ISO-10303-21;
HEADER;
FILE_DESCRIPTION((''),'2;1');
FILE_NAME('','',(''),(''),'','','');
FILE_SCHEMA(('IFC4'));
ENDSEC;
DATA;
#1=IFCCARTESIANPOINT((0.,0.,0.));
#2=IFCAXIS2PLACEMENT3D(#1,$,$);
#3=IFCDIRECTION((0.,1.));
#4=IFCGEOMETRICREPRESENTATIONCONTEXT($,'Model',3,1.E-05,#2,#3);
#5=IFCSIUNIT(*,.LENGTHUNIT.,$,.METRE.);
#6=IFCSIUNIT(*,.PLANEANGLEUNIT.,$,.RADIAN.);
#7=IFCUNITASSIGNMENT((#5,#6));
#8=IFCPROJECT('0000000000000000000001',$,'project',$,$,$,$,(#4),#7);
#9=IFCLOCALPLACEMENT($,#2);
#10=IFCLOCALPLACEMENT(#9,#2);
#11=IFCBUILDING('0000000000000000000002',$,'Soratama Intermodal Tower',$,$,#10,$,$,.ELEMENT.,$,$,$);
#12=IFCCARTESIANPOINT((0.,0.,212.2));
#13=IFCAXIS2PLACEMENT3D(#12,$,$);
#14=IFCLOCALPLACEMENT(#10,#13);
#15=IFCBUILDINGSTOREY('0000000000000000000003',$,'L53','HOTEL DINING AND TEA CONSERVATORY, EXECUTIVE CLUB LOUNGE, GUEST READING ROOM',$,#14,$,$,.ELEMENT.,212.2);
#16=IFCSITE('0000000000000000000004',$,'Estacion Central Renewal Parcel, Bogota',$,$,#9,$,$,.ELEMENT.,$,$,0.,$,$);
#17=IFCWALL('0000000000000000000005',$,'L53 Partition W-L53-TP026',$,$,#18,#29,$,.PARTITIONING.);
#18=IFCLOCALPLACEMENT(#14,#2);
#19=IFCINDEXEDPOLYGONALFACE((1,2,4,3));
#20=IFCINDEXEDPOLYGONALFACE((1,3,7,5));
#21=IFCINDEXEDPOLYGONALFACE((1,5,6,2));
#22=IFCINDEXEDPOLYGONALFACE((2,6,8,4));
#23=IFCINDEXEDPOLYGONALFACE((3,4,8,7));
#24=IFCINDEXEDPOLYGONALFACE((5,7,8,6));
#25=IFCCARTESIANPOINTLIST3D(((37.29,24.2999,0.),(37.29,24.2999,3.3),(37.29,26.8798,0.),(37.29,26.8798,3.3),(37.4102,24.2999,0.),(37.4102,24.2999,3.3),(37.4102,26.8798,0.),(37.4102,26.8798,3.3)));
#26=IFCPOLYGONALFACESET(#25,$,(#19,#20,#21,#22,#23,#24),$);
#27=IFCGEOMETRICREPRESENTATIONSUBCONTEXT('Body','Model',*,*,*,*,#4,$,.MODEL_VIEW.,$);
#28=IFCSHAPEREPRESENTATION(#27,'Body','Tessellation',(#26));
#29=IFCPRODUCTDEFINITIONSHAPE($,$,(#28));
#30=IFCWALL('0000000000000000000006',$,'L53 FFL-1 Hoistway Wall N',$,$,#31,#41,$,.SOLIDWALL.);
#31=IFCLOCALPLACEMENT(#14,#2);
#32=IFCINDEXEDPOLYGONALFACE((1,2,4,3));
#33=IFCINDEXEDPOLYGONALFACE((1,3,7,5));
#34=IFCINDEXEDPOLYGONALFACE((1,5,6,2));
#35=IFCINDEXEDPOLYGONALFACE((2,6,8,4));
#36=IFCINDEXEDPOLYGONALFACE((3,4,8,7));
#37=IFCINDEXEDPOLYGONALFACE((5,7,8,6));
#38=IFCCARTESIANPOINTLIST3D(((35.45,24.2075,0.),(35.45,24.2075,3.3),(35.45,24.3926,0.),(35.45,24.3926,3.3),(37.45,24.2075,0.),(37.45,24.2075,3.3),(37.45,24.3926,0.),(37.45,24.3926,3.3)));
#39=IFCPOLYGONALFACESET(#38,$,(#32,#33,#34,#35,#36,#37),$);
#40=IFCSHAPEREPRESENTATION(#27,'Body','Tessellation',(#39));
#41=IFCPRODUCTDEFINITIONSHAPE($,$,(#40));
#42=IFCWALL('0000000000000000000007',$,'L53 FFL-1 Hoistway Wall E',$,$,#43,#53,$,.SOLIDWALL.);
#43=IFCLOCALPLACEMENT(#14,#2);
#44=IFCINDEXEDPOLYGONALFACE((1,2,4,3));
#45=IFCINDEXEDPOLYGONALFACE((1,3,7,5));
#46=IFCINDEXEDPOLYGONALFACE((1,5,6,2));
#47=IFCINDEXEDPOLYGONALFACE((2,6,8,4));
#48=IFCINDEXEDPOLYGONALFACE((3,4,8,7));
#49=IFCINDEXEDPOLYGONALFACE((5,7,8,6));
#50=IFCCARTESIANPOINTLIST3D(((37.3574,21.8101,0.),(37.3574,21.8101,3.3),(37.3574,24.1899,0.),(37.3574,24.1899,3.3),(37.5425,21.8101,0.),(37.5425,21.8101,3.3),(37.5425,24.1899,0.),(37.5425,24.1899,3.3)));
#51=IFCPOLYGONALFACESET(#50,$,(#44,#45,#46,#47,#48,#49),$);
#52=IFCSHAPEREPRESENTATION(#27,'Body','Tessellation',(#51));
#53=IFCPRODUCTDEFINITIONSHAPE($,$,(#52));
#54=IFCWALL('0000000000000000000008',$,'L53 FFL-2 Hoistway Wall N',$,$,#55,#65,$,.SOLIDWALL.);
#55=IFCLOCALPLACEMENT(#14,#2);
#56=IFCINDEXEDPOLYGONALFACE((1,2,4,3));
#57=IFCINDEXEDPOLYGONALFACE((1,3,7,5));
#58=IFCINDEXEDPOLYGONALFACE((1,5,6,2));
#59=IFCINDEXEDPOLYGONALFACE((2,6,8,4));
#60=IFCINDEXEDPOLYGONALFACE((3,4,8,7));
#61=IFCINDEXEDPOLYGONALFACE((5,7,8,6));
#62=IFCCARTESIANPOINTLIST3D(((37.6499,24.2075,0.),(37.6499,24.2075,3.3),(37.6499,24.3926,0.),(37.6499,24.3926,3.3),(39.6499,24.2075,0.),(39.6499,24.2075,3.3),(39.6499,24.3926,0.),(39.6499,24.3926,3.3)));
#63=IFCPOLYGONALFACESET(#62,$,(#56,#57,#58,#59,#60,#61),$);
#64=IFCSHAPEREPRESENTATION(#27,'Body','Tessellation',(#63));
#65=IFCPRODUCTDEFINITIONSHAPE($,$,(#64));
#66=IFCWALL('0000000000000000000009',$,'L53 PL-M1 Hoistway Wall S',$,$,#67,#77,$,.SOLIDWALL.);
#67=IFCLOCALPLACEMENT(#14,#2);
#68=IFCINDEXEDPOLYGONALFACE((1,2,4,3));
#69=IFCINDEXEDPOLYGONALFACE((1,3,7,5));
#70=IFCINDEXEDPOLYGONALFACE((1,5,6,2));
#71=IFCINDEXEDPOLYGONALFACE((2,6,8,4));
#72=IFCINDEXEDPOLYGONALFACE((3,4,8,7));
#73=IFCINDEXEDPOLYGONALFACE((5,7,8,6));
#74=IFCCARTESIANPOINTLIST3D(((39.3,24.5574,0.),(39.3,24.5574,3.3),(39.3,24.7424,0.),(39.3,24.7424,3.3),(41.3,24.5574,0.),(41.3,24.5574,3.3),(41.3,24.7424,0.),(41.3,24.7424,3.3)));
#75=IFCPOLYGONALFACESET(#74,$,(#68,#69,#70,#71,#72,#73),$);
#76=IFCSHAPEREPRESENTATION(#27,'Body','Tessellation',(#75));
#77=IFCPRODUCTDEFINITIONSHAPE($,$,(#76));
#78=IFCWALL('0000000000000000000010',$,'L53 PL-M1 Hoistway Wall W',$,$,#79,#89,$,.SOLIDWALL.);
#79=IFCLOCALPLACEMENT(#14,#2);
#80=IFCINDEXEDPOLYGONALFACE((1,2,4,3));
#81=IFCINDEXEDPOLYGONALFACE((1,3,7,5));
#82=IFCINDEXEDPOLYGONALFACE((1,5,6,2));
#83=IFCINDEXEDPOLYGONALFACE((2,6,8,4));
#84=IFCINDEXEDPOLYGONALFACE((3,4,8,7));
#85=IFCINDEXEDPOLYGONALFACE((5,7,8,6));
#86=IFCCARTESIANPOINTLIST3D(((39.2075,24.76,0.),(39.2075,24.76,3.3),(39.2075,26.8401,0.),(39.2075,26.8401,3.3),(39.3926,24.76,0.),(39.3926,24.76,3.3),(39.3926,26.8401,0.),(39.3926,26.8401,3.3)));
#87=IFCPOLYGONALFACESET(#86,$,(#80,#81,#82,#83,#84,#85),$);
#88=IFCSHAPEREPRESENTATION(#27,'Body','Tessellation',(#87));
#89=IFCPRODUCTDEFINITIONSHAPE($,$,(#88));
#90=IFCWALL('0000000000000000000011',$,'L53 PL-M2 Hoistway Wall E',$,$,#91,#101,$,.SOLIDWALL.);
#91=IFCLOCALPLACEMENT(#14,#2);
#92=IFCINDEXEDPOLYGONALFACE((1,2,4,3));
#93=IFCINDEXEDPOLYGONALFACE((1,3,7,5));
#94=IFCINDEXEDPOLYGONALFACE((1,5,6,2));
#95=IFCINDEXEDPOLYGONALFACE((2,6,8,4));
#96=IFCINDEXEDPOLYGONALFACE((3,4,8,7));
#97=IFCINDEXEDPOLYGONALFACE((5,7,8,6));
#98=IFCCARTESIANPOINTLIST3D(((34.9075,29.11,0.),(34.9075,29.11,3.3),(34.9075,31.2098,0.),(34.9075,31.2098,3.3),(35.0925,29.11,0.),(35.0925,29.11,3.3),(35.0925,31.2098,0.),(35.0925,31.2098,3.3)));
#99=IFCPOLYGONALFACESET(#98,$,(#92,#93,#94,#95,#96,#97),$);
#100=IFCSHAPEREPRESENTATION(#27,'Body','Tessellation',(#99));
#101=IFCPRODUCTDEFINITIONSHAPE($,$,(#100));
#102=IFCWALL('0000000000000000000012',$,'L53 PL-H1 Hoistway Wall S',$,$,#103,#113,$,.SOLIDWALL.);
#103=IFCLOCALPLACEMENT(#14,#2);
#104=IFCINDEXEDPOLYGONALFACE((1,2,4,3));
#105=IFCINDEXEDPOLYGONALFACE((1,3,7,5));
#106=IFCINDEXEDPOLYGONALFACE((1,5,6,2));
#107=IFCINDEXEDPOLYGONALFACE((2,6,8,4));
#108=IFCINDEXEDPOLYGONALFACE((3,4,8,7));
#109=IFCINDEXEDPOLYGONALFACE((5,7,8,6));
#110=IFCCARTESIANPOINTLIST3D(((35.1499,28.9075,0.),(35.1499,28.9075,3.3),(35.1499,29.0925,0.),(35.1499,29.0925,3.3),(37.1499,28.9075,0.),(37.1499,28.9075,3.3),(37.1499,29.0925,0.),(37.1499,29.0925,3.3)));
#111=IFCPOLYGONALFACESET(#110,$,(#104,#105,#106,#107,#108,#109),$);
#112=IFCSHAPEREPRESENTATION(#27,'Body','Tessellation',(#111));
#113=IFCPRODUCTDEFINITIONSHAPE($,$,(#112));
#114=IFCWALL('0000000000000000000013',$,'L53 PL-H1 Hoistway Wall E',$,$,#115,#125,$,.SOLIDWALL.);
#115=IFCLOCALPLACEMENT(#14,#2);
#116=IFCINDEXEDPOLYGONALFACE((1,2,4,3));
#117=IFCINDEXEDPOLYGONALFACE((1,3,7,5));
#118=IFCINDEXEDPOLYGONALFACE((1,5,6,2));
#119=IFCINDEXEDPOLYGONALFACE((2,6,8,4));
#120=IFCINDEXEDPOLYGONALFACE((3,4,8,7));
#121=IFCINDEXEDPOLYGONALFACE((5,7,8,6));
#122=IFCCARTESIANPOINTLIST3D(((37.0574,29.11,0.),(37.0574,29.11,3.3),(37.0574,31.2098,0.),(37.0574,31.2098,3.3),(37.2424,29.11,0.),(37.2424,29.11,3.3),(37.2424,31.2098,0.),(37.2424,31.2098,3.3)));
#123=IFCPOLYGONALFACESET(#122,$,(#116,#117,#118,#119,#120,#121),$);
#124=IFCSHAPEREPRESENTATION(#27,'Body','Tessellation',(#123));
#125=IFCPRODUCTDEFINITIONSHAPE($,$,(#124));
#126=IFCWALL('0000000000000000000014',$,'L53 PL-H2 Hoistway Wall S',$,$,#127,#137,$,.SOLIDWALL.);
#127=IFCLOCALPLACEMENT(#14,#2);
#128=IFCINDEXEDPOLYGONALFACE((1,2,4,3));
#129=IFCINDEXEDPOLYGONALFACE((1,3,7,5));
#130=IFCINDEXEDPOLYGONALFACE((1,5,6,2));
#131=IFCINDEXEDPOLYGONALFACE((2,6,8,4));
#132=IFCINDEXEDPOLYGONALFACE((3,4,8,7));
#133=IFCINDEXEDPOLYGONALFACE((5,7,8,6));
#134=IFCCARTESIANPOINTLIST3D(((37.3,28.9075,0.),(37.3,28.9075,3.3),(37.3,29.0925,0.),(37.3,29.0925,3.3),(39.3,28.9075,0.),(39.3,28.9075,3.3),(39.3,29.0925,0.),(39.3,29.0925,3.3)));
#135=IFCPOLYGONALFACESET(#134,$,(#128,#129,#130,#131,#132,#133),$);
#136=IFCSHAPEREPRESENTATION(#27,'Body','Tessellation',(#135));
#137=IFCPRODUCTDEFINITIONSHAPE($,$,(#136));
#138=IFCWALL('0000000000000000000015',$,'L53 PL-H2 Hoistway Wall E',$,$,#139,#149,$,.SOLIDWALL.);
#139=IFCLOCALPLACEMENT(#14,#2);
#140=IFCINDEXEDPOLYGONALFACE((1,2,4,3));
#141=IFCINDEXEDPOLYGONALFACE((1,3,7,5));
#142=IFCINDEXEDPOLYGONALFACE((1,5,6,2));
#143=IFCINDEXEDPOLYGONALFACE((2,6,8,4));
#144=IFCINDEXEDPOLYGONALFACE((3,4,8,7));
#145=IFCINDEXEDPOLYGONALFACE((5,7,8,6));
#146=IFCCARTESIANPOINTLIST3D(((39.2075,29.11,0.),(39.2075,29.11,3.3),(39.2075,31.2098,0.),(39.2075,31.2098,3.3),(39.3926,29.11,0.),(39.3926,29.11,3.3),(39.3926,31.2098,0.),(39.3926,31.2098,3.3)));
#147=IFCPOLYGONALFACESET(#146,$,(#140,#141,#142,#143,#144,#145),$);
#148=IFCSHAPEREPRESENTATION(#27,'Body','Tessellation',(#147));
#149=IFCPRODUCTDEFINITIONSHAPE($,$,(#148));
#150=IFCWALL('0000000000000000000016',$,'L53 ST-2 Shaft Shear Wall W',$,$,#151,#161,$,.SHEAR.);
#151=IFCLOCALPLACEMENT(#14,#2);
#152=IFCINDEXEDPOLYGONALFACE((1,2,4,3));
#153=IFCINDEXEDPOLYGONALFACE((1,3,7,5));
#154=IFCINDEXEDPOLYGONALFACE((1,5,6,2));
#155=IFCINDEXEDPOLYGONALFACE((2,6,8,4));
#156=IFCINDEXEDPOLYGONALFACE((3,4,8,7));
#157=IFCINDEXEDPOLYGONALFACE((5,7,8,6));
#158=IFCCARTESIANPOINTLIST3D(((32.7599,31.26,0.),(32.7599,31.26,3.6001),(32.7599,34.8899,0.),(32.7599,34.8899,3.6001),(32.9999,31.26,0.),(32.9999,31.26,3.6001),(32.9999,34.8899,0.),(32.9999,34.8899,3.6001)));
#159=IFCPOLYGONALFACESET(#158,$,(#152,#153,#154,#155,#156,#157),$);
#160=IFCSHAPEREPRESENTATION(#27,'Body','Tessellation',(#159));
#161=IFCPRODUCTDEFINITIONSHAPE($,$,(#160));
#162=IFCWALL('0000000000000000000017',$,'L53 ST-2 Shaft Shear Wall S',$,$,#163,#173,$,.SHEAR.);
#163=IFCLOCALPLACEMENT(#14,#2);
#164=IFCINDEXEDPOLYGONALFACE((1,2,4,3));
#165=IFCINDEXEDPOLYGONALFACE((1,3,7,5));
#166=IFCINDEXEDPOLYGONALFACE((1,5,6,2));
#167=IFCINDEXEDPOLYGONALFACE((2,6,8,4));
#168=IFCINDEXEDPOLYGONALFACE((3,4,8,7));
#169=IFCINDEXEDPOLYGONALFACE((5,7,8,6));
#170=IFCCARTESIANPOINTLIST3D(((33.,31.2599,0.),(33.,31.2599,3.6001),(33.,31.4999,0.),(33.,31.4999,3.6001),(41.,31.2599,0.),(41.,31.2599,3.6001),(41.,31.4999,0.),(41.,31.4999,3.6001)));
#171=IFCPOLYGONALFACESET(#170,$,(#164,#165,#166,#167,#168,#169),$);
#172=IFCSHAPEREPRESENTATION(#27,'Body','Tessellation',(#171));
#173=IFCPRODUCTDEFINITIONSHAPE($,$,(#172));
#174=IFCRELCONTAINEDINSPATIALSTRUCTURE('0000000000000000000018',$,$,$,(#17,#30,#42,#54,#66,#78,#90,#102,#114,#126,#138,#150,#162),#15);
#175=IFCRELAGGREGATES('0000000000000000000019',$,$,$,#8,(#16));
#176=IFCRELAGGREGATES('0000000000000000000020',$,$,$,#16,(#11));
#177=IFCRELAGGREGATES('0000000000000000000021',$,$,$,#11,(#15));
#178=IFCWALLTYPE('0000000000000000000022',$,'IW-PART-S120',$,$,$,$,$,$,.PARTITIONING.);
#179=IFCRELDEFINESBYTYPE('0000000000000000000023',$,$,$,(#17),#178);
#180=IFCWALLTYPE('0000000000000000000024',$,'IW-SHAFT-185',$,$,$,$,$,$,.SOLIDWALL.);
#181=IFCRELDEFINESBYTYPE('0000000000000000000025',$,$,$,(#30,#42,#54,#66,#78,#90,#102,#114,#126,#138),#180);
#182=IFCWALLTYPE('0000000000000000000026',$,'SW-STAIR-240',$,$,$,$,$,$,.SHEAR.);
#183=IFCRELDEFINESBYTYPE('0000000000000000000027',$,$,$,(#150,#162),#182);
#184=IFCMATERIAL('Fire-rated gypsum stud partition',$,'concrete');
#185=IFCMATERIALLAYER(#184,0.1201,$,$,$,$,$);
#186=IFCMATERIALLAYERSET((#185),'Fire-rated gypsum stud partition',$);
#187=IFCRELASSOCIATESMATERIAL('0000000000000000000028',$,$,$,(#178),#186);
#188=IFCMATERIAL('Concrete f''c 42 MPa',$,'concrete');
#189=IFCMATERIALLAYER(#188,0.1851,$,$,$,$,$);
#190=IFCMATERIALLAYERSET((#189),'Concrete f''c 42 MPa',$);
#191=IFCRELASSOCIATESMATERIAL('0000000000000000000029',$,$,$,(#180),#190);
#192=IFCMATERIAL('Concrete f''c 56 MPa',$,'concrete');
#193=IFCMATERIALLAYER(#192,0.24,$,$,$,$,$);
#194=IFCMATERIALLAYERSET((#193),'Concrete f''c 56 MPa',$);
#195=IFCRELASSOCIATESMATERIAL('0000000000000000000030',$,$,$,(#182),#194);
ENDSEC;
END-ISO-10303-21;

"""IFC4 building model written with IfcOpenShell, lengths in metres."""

from ifc_helpers import new_model, si_unit, direction, frame, frame_2d, origin, place, context, subcontext, project, spatial, rectangle, extrude, material, layer, layer_set, type_object, element, save


model = new_model("IFC4")

# Units and contexts
model_context = context("Model", 3, precision=1e-05, world=origin(), true_north=direction((0.0, 1.0)))
body_context = subcontext(model_context, "Body", "Model", "MODEL_VIEW")
ifc_project = project(units=[si_unit("LENGTHUNIT", "METRE"), si_unit("PLANEANGLEUNIT", "RADIAN")], contexts=[model_context])

# Site, building, storey
site_placement = place(None, origin())
site = spatial("IfcSite", under=ifc_project, at=site_placement, Name="Estacion Central Renewal Parcel, Bogota", CompositionType="ELEMENT", RefElevation=0.0)
building_placement = place(site_placement, origin())
building = spatial("IfcBuilding", under=site, at=building_placement, Name="Soratama Intermodal Tower", CompositionType="ELEMENT")
storey_placement = place(building_placement, frame((0.0, 0.0, 212.2)))
storey = spatial("IfcBuildingStorey", under=building, at=storey_placement, Name="L53", Description="HOTEL DINING AND TEA CONSERVATORY, EXECUTIVE CLUB LOUNGE, GUEST READING ROOM", CompositionType="ELEMENT", Elevation=212.2)

# Walls
ifc_material_1 = material(Name="Fire-rated gypsum stud partition", Category="concrete")
ifc_layer_1 = layer(ifc_material_1, 0.1201)
ifc_layer_set_1 = layer_set([ifc_layer_1], Name="Fire-rated gypsum stud partition")
wall_type_1 = type_object("IfcWallType", Name="IW-PART-S120", PredefinedType="PARTITIONING", material=ifc_layer_set_1)
wall_1_placement = place(storey_placement, frame((37.3501, 26.8799, 0.0), z_axis=(0.0, 0.0, 1.0), x_axis=(0.0, -1.0, 0.0)))
element("IfcWall", 1, at=wall_1_placement, inside=storey, type_object=wall_type_1, Name="L53 Partition W-L53-TP026", PredefinedType="PARTITIONING", context=body_context, shape_type="SweptSolid", body=[
    extrude(rectangle(XDim=2.5798, YDim=0.1201, at=frame_2d((1.29, 0.0))), origin(), (0.0, 0.0, 1.0), 3.3),
])
ifc_material_2 = material(Name="Concrete f'c 42 MPa", Category="concrete")
ifc_layer_2 = layer(ifc_material_2, 0.1851)
ifc_layer_set_2 = layer_set([ifc_layer_2], Name="Concrete f'c 42 MPa")
wall_type_2 = type_object("IfcWallType", Name="IW-SHAFT-185", PredefinedType="SOLIDWALL", material=ifc_layer_set_2)
wall_2_placement = place(storey_placement, frame((35.45, 24.3, 0.0), z_axis=(0.0, 0.0, 1.0), x_axis=(1.0, 0.0, 0.0)))
element("IfcWall", 2, at=wall_2_placement, inside=storey, type_object=wall_type_2, Name="L53 FFL-1 Hoistway Wall N", PredefinedType="SOLIDWALL", context=body_context, shape_type="SweptSolid", body=[
    extrude(rectangle(XDim=2.0, YDim=0.1851, at=frame_2d((1.0, 0.0))), origin(), (0.0, 0.0, 1.0), 3.3),
])
wall_3_placement = place(storey_placement, frame((37.45, 21.8101, 0.0), z_axis=(0.0, 0.0, 1.0), x_axis=(0.0, 1.0, 0.0)))
element("IfcWall", 3, at=wall_3_placement, inside=storey, type_object=wall_type_2, Name="L53 FFL-1 Hoistway Wall E", PredefinedType="SOLIDWALL", context=body_context, shape_type="SweptSolid", body=[
    extrude(rectangle(XDim=2.3799, YDim=0.1851, at=frame_2d((1.1899, 0.0))), origin(), (0.0, 0.0, 1.0), 3.3),
])
for number, where, z_axis, x_axis, name in (
    (4, (37.6499, 24.3, 0.0), (0.0, 0.0, 1.0), (1.0, 0.0, 0.0), "L53 FFL-2 Hoistway Wall N"),
    (5, (39.3, 24.6499, 0.0), (0.0, 0.0, 1.0), (1.0, 0.0, 0.0), "L53 PL-M1 Hoistway Wall S"),
):
    element("IfcWall", number, at=place(storey_placement, frame(where, z_axis=z_axis, x_axis=x_axis)), inside=storey, type_object=wall_type_2, Name=name, PredefinedType="SOLIDWALL", context=body_context, shape_type="SweptSolid", body=[
        extrude(rectangle(XDim=2.0, YDim=0.1851, at=frame_2d((1.0, 0.0))), origin(), (0.0, 0.0, 1.0), 3.3),
    ])

# Walls
wall_4_placement = place(storey_placement, frame((39.3, 24.76, 0.0), z_axis=(0.0, 0.0, 1.0), x_axis=(0.0, 1.0, 0.0)))
element("IfcWall", 6, at=wall_4_placement, inside=storey, type_object=wall_type_2, Name="L53 PL-M1 Hoistway Wall W", PredefinedType="SOLIDWALL", context=body_context, shape_type="SweptSolid", body=[
    extrude(rectangle(XDim=2.0801, YDim=0.1851, at=frame_2d((1.04, 0.0))), origin(), (0.0, 0.0, 1.0), 3.3),
])
wall_5_placement = place(storey_placement, frame((35.0, 29.1101, 0.0), z_axis=(0.0, 0.0, 1.0), x_axis=(0.0, 1.0, 0.0)))
element("IfcWall", 7, at=wall_5_placement, inside=storey, type_object=wall_type_2, Name="L53 PL-M2 Hoistway Wall E", PredefinedType="SOLIDWALL", context=body_context, shape_type="SweptSolid", body=[
    extrude(rectangle(XDim=2.0999, YDim=0.1851, at=frame_2d((1.0498, 0.0))), origin(), (0.0, 0.0, 1.0), 3.3),
])
wall_6_placement = place(storey_placement, frame((35.1499, 29.0, 0.0), z_axis=(0.0, 0.0, 1.0), x_axis=(1.0, 0.0, 0.0)))
element("IfcWall", 8, at=wall_6_placement, inside=storey, type_object=wall_type_2, Name="L53 PL-H1 Hoistway Wall S", PredefinedType="SOLIDWALL", context=body_context, shape_type="SweptSolid", body=[
    extrude(rectangle(XDim=2.0, YDim=0.1851, at=frame_2d((1.0, 0.0))), origin(), (0.0, 0.0, 1.0), 3.3),
])
wall_7_placement = place(storey_placement, frame((37.1499, 29.1101, 0.0), z_axis=(0.0, 0.0, 1.0), x_axis=(0.0, 1.0, 0.0)))
element("IfcWall", 9, at=wall_7_placement, inside=storey, type_object=wall_type_2, Name="L53 PL-H1 Hoistway Wall E", PredefinedType="SOLIDWALL", context=body_context, shape_type="SweptSolid", body=[
    extrude(rectangle(XDim=2.0999, YDim=0.1851, at=frame_2d((1.0498, 0.0))), origin(), (0.0, 0.0, 1.0), 3.3),
])
wall_8_placement = place(storey_placement, frame((37.3, 29.0, 0.0), z_axis=(0.0, 0.0, 1.0), x_axis=(1.0, 0.0, 0.0)))
element("IfcWall", 10, at=wall_8_placement, inside=storey, type_object=wall_type_2, Name="L53 PL-H2 Hoistway Wall S", PredefinedType="SOLIDWALL", context=body_context, shape_type="SweptSolid", body=[
    extrude(rectangle(XDim=2.0, YDim=0.1851, at=frame_2d((1.0, 0.0))), origin(), (0.0, 0.0, 1.0), 3.3),
])
wall_9_placement = place(storey_placement, frame((39.3, 29.1101, 0.0), z_axis=(0.0, 0.0, 1.0), x_axis=(0.0, 1.0, 0.0)))
element("IfcWall", 11, at=wall_9_placement, inside=storey, type_object=wall_type_2, Name="L53 PL-H2 Hoistway Wall E", PredefinedType="SOLIDWALL", context=body_context, shape_type="SweptSolid", body=[
    extrude(rectangle(XDim=2.0999, YDim=0.1851, at=frame_2d((1.0498, 0.0))), origin(), (0.0, 0.0, 1.0), 3.3),
])
ifc_material_3 = material(Name="Concrete f'c 56 MPa", Category="concrete")
ifc_layer_3 = layer(ifc_material_3, 0.24)
ifc_layer_set_3 = layer_set([ifc_layer_3], Name="Concrete f'c 56 MPa")
wall_type_3 = type_object("IfcWallType", Name="SW-STAIR-240", PredefinedType="SHEAR", material=ifc_layer_set_3)
wall_10_placement = place(storey_placement, frame((32.8799, 31.26, 0.0), z_axis=(0.0, 0.0, 1.0), x_axis=(0.0, 1.0, 0.0)))
element("IfcWall", 12, at=wall_10_placement, inside=storey, type_object=wall_type_3, Name="L53 ST-2 Shaft Shear Wall W", PredefinedType="SHEAR", context=body_context, shape_type="SweptSolid", body=[
    extrude(rectangle(XDim=3.6299, YDim=0.24, at=frame_2d((1.8149, 0.0))), origin(), (0.0, 0.0, 1.0), 3.6001),
])
wall_11_placement = place(storey_placement, frame((33.0, 31.3799, 0.0), z_axis=(0.0, 0.0, 1.0), x_axis=(1.0, 0.0, 0.0)))
element("IfcWall", 13, at=wall_11_placement, inside=storey, type_object=wall_type_3, Name="L53 ST-2 Shaft Shear Wall S", PredefinedType="SHEAR", context=body_context, shape_type="SweptSolid", body=[
    extrude(rectangle(XDim=8.0, YDim=0.24, at=frame_2d((4.0, 0.0))), origin(), (0.0, 0.0, 1.0), 3.6001),
])

save(model, "model.ifc")
